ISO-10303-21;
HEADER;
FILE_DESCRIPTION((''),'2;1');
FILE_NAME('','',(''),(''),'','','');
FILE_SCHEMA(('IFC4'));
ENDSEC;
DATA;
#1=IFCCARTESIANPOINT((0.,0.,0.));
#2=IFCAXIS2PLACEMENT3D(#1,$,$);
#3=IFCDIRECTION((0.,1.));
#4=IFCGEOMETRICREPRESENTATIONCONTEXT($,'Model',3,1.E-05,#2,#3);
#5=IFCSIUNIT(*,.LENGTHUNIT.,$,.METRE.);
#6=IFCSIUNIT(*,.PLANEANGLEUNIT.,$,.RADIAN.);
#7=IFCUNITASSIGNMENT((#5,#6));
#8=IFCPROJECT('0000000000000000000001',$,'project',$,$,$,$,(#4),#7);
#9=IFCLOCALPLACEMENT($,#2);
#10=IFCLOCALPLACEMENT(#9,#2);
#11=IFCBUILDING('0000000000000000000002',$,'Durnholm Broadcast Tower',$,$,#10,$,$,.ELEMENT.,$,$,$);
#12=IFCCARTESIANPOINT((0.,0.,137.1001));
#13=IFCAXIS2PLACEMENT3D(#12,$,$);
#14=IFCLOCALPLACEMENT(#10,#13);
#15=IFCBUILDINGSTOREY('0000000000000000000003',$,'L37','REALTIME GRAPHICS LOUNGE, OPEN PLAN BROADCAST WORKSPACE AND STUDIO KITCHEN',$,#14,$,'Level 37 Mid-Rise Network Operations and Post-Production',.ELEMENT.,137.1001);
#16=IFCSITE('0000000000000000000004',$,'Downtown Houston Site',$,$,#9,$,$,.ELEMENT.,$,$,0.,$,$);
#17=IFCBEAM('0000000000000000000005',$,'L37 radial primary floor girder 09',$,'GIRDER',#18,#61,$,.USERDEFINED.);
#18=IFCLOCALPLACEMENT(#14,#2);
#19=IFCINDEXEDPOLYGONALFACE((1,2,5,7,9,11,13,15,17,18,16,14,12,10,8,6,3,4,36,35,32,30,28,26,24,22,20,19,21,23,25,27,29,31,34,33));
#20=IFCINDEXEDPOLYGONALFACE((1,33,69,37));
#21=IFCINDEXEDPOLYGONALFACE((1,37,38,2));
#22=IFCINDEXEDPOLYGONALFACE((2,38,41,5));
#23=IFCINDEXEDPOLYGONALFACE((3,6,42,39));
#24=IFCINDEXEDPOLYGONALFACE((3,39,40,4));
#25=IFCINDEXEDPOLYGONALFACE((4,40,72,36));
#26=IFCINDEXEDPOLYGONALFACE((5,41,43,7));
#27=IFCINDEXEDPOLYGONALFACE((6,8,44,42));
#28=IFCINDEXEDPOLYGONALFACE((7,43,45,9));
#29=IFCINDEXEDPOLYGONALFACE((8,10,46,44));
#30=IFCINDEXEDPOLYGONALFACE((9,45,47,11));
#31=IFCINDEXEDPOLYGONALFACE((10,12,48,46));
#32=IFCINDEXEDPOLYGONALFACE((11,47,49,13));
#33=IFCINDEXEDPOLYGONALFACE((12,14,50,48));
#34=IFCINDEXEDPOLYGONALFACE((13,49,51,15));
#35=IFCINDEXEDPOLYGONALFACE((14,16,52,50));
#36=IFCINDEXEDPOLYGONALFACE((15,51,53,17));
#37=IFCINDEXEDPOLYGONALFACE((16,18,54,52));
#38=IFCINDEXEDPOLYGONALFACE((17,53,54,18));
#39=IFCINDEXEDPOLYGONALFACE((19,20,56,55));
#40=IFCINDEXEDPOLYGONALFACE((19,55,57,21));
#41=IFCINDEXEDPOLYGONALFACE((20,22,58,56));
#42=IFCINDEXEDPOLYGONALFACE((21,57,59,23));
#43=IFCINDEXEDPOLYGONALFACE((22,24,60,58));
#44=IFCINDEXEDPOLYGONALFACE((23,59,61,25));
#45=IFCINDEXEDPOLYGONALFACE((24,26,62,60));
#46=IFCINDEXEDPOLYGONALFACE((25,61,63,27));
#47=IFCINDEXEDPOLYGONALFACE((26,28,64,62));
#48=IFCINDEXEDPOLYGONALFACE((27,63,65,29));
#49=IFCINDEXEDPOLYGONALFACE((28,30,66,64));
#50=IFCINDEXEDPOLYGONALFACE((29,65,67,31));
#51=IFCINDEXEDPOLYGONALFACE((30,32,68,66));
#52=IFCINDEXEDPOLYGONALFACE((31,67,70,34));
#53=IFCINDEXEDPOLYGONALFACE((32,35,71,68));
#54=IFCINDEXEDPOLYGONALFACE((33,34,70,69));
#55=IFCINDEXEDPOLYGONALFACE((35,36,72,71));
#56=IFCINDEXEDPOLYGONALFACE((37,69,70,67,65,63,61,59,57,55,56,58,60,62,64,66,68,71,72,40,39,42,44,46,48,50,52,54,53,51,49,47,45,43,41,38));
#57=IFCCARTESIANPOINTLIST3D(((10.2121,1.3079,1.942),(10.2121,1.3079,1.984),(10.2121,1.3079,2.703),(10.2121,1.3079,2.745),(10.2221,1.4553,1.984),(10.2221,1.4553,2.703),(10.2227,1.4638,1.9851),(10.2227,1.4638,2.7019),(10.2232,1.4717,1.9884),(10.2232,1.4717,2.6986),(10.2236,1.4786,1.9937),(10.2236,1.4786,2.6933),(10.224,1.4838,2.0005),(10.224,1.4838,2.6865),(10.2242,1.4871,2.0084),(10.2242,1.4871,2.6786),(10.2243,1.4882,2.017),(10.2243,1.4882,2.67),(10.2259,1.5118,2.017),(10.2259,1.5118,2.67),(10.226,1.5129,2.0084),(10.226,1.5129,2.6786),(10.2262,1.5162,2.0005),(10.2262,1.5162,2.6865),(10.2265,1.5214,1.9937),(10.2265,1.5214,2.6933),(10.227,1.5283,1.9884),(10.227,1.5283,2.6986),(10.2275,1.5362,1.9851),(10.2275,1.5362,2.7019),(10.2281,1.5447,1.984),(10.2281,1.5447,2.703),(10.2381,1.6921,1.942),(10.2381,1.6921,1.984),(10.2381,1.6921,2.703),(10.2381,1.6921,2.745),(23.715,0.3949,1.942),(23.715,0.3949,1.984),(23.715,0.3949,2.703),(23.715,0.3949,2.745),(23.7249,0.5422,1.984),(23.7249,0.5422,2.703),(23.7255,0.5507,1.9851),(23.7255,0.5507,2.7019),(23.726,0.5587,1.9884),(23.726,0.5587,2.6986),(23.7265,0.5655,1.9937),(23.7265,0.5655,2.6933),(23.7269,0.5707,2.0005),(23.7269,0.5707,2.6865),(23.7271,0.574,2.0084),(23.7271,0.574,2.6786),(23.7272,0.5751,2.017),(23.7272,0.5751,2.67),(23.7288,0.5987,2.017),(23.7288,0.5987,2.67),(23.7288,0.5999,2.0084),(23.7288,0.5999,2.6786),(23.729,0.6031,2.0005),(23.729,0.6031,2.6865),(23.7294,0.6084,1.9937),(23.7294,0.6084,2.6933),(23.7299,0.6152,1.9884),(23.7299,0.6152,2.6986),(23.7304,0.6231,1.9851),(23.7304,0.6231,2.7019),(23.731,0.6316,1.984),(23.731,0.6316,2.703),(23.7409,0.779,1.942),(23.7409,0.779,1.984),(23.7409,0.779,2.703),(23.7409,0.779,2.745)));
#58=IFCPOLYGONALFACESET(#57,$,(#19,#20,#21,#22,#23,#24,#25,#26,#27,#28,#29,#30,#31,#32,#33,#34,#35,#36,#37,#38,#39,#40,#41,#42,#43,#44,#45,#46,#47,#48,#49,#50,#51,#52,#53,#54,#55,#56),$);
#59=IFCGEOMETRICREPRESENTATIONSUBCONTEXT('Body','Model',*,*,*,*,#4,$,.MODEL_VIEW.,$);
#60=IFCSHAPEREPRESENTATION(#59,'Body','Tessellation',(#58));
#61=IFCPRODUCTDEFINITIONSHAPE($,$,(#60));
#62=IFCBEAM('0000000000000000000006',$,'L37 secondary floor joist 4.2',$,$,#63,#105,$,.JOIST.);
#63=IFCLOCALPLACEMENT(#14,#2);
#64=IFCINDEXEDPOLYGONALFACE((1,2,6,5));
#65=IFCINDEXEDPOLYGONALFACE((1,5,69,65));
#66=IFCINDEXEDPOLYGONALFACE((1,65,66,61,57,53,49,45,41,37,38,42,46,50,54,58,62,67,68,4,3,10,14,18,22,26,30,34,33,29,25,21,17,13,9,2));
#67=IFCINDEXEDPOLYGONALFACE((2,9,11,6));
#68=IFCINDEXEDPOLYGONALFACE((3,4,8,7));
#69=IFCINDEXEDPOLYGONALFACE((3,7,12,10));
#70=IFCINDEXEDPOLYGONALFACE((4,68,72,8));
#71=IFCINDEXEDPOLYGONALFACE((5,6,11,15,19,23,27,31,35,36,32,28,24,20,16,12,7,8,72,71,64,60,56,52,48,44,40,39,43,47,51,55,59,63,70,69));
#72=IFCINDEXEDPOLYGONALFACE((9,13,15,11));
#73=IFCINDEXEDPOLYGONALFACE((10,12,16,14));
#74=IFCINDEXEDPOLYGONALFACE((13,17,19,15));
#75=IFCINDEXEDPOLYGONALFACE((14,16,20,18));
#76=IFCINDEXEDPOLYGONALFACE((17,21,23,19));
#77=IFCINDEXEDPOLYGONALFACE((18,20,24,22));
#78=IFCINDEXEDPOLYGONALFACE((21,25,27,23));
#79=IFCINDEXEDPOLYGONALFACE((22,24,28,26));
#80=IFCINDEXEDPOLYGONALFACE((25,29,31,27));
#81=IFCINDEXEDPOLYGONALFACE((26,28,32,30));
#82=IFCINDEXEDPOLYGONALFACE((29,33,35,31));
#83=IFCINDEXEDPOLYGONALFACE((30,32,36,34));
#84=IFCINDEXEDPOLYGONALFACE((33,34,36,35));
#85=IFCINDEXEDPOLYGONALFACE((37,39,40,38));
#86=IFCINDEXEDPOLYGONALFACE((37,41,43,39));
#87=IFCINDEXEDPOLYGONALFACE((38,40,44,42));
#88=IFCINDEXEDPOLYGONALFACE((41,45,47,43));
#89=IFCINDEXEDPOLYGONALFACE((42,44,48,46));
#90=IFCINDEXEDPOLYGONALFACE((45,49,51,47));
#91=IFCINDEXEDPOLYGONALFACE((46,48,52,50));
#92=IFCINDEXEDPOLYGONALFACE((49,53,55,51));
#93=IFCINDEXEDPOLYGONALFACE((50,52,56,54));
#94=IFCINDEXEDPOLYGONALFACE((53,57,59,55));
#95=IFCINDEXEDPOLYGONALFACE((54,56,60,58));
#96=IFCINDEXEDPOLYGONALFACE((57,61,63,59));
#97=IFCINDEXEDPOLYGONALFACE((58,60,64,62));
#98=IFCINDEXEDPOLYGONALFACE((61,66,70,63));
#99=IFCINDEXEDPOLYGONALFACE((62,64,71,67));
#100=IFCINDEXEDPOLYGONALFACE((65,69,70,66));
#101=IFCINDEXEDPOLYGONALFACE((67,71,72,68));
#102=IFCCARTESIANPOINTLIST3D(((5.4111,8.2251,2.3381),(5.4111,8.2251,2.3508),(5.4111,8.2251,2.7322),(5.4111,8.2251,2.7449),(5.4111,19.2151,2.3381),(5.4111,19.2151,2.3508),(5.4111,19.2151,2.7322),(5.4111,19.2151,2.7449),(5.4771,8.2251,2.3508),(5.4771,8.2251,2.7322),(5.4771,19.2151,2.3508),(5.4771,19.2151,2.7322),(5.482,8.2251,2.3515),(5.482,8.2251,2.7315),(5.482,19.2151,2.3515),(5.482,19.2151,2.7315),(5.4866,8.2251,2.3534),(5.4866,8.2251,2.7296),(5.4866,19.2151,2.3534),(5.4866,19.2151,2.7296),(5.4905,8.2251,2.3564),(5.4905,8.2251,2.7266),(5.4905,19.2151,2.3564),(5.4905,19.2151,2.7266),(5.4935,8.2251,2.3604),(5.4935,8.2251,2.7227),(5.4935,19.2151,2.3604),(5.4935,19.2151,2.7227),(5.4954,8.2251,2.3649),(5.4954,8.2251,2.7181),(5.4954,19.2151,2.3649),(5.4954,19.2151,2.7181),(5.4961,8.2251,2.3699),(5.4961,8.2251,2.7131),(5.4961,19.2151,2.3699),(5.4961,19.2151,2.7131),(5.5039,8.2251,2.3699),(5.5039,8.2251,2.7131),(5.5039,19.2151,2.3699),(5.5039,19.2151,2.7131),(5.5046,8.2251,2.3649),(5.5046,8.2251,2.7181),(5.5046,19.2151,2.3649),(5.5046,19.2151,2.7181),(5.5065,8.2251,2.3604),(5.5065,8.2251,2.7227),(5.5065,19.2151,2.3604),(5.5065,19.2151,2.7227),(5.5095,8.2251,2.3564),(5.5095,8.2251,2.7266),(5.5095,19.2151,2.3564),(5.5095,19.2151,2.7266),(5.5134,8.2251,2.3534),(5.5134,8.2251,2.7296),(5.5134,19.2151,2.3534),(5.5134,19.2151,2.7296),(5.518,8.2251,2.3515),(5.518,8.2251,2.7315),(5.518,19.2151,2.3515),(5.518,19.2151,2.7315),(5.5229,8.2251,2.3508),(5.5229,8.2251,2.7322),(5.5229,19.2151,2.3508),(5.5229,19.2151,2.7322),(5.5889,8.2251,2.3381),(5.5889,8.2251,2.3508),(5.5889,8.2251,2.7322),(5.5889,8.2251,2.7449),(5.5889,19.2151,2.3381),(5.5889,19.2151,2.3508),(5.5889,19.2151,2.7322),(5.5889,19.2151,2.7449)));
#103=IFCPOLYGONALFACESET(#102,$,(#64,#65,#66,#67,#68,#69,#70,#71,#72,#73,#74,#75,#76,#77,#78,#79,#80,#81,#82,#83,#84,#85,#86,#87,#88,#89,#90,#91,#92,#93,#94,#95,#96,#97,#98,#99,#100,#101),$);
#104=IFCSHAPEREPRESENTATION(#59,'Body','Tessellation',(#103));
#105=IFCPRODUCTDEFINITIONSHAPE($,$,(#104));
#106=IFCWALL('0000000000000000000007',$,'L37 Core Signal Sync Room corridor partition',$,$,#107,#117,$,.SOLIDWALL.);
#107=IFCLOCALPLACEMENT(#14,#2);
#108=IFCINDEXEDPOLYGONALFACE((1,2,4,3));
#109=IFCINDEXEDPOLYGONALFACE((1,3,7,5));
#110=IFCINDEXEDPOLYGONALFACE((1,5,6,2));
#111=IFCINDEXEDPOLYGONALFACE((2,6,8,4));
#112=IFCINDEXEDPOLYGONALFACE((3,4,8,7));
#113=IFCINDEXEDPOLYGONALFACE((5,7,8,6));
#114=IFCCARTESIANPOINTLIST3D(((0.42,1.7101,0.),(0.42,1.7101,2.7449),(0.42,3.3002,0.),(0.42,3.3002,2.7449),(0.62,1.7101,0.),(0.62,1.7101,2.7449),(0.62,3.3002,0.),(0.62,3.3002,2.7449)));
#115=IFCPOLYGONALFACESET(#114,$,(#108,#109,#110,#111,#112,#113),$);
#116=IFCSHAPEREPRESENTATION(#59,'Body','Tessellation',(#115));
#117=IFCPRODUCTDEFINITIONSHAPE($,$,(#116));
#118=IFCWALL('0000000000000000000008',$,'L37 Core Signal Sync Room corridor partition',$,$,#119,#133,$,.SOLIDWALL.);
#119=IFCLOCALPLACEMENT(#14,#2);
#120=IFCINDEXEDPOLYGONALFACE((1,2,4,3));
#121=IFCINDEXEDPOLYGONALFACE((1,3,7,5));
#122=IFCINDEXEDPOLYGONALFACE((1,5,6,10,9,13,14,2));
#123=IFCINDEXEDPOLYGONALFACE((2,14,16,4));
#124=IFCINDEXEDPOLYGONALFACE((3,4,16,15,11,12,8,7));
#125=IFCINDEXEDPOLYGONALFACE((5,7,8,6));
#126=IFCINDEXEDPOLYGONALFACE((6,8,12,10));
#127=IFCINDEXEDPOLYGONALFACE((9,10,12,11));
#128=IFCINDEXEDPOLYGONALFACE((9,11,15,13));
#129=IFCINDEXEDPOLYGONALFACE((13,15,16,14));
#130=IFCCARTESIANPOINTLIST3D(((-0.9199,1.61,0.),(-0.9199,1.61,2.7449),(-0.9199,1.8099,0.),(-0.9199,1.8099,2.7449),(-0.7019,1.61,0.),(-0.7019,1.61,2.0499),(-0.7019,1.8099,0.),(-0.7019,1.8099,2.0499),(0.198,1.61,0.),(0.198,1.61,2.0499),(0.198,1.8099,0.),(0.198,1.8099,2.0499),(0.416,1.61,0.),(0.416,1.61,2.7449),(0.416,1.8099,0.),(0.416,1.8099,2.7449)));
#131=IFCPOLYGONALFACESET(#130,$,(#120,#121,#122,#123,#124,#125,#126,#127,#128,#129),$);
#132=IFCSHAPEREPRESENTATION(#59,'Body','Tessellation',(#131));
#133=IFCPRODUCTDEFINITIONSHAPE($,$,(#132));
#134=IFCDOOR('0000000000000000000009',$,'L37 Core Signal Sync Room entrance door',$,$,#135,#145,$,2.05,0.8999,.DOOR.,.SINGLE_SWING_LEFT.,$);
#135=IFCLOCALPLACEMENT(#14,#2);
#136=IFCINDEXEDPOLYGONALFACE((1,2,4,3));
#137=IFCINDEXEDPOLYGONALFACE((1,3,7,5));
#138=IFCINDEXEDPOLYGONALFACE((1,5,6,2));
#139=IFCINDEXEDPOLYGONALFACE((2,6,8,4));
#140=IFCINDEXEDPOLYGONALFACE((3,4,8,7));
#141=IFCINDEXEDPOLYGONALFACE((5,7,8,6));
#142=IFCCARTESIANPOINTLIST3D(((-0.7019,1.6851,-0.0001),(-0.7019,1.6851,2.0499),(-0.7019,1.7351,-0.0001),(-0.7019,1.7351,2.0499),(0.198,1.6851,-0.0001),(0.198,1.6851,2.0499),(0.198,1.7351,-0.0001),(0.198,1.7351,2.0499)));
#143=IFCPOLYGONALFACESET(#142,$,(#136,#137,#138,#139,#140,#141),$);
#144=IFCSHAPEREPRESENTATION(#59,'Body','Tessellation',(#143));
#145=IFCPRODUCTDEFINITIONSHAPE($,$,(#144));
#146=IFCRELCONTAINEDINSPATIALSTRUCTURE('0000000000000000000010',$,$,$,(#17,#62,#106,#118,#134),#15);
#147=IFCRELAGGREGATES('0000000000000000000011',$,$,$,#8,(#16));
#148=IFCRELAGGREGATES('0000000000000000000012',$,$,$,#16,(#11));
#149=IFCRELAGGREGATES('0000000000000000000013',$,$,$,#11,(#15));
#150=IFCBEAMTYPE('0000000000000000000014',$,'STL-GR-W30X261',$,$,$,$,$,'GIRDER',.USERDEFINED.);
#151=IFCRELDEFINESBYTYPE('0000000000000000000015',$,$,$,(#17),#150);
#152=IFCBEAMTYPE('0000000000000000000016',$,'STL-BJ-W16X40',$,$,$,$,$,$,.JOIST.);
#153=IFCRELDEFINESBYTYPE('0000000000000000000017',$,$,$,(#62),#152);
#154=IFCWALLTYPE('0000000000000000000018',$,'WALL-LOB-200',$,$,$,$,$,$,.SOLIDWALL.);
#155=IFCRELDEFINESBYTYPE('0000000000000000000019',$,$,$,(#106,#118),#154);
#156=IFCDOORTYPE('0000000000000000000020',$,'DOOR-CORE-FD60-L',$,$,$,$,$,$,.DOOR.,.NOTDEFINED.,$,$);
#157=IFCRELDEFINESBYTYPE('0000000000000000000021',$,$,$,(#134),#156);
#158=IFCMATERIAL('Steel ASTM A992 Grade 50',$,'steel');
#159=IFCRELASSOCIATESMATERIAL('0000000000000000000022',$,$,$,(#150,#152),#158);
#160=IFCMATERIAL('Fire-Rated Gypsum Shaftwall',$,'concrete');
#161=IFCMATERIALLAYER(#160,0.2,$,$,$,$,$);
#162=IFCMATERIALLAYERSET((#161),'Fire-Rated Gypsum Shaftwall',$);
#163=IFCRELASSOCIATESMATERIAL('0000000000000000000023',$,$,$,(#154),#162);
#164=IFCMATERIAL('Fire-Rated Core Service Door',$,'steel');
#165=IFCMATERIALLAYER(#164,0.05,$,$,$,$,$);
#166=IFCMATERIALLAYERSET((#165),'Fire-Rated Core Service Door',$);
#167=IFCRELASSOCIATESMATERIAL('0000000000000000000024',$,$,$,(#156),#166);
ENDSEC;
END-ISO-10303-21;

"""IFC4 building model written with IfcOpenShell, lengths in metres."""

from ifc_helpers import new_model, si_unit, direction, frame, frame_2d, origin, origin_2d, place, context, subcontext, project, spatial, rectangle, i_section, extrude, source, transform, mapped, material, layer, layer_set, material_profile, profile_set, type_object, type_shapes, element, fill, save


model = new_model("IFC4")

# Units and contexts
model_context = context("Model", 3, precision=1e-05, world=origin(), true_north=direction((0.0, 1.0)))
body_context = subcontext(model_context, "Body", "Model", "MODEL_VIEW")
ifc_project = project(units=[si_unit("LENGTHUNIT", "METRE"), si_unit("PLANEANGLEUNIT", "RADIAN")], contexts=[model_context])

# Site, building, storey
site_placement = place(None, origin())
site = spatial("IfcSite", under=ifc_project, at=site_placement, Name="Downtown Houston Site", CompositionType="ELEMENT", RefElevation=0.0)
building_placement = place(site_placement, origin())
building = spatial("IfcBuilding", under=site, at=building_placement, Name="Durnholm Broadcast Tower", CompositionType="ELEMENT")
storey_placement = place(building_placement, frame((0.0, 0.0, 137.1001)))
storey = spatial("IfcBuildingStorey", under=building, at=storey_placement, Name="L37", Description="REALTIME GRAPHICS LOUNGE, OPEN PLAN BROADCAST WORKSPACE AND STUDIO KITCHEN", LongName="Level 37 Mid-Rise Network Operations and Post-Production", CompositionType="ELEMENT", Elevation=137.1001)

# Beams
ifc_material_1 = material(Name="Steel ASTM A992 Grade 50", Category="steel")
ifc_material_profile_1 = material_profile(ifc_material_1, i_section(OverallWidth=0.385, OverallDepth=0.803, WebThickness=0.0237, FlangeThickness=0.042, FilletRadius=0.033, at=origin_2d()), Name="W30X261")
ifc_profile_set_1 = profile_set([ifc_material_profile_1], Name="Steel ASTM A992 Grade 50")
beam_type_1 = type_object("IfcBeamType", Name="STL-GR-W30X261", ElementType="GIRDER", PredefinedType="USERDEFINED", material=ifc_profile_set_1)
shared_shape_1 = source(origin(), body_context, "Body", "SweptSolid", [
    extrude(i_section(OverallWidth=0.385, OverallDepth=0.803, WebThickness=0.0237, FlangeThickness=0.042, FilletRadius=0.033, at=origin_2d()), origin(), (0.0, 0.0, 1.0), 13.5337),
])
beam_1_placement = place(storey_placement, frame((10.2251, 1.5, 2.3435), z_axis=(0.997721, -0.067467, 0.0), x_axis=(0.067467, 0.997721, 0.0)))
element("IfcBeam", 1, at=beam_1_placement, inside=storey, type_object=beam_type_1, Name="L37 radial primary floor girder 09", ObjectType="GIRDER", PredefinedType="USERDEFINED", context=body_context, shape_type="MappedRepresentation", body=[
    mapped(shared_shape_1, transform((0.0, 0.0, 0.0), x_axis=(1.0, 0.0, 0.0), y_axis=(0.0, 1.0, 0.0), z_axis=(0.0, 0.0, 1.0), scale=1.0)),
])
ifc_material_profile_2 = material_profile(ifc_material_1, i_section(OverallWidth=0.1777, OverallDepth=0.4067, WebThickness=0.0078, FlangeThickness=0.0127, FilletRadius=0.019, at=origin_2d()), Name="W16X40")
ifc_profile_set_2 = profile_set([ifc_material_profile_2], Name="Steel ASTM A992 Grade 50")
beam_type_2 = type_object("IfcBeamType", Name="STL-BJ-W16X40", PredefinedType="JOIST", material=ifc_profile_set_2)
shared_shape_2 = source(origin(), body_context, "Body", "SweptSolid", [
    extrude(i_section(OverallWidth=0.1777, OverallDepth=0.4067, WebThickness=0.0078, FlangeThickness=0.0127, FilletRadius=0.019, at=origin_2d()), origin(), (0.0, 0.0, 1.0), 10.99),
])
type_shapes(beam_type_2, [shared_shape_2])
beam_2_placement = place(storey_placement, frame((5.5, 8.2251, 2.5415), z_axis=(0.0, 1.0, 0.0), x_axis=(-1.0, 0.0, 0.0)))
element("IfcBeam", 2, at=beam_2_placement, inside=storey, type_object=beam_type_2, Name="L37 secondary floor joist 4.2", PredefinedType="JOIST", context=body_context, shape_type="MappedRepresentation", body=[
    mapped(shared_shape_2, transform((0.0, 0.0, 0.0), x_axis=(1.0, 0.0, 0.0), y_axis=(0.0, 1.0, 0.0), z_axis=(0.0, 0.0, 1.0), scale=1.0)),
])

# Wall
ifc_material_2 = material(Name="Fire-Rated Gypsum Shaftwall", Category="concrete")
ifc_layer_1 = layer(ifc_material_2, 0.2)
ifc_layer_set_1 = layer_set([ifc_layer_1], Name="Fire-Rated Gypsum Shaftwall")
wall_type_1 = type_object("IfcWallType", Name="WALL-LOB-200", PredefinedType="SOLIDWALL", material=ifc_layer_set_1)
wall_1_placement = place(storey_placement, frame((0.52, 3.3, 0.0), z_axis=(0.0, 0.0, 1.0), x_axis=(0.0, -1.0, 0.0)))
element("IfcWall", 3, at=wall_1_placement, inside=storey, type_object=wall_type_1, Name="L37 Core Signal Sync Room corridor partition", PredefinedType="SOLIDWALL", context=body_context, shape_type="SweptSolid", body=[
    extrude(rectangle(XDim=1.5901, YDim=0.2, at=frame_2d((0.7949, 0.0))), origin(), (0.0, 0.0, 1.0), 2.7449),
])

# Wall, opening, door
wall_2_placement = place(storey_placement, frame((0.416, 1.71, 0.0), z_axis=(0.0, 0.0, 1.0), x_axis=(-1.0, 0.0, 0.0)))
wall_2 = element("IfcWall", 4, at=wall_2_placement, inside=storey, type_object=wall_type_1, Name="L37 Core Signal Sync Room corridor partition", PredefinedType="SOLIDWALL", context=body_context, shape_type="SweptSolid", body=[
    extrude(rectangle(XDim=1.3359, YDim=0.2, at=frame_2d((0.668, 0.0))), origin(), (0.0, 0.0, 1.0), 2.7449),
])
opening_1_placement = place(wall_2_placement, frame((0.218, 0.0, 0.0)))
opening_1 = element("IfcOpeningElement", 5, at=opening_1_placement, cuts=wall_2, PredefinedType="OPENING", context=body_context, shape_type="SweptSolid", body=[
    extrude(rectangle(XDim=0.8999, YDim=2.05, at=frame_2d((0.45, 1.0249))), frame((0.0, 0.1099, 0.0), z_axis=(0.0, -1.0, 0.0), x_axis=(1.0, 0.0, 0.0)), (0.0, 0.0, 1.0), 0.22),
])
ifc_material_3 = material(Name="Fire-Rated Core Service Door", Category="steel")
ifc_layer_2 = layer(ifc_material_3, 0.05)
ifc_layer_set_2 = layer_set([ifc_layer_2], Name="Fire-Rated Core Service Door")
door_type_1 = type_object("IfcDoorType", Name="DOOR-CORE-FD60-L", OperationType="NOTDEFINED", PredefinedType="DOOR", material=ifc_layer_set_2)
shared_shape_3 = source(origin(), body_context, "Body", "SweptSolid", [
    extrude(rectangle(XDim=0.8999, YDim=2.05, at=frame_2d((0.45, 1.0249))), frame((0.0, 0.0249, 0.0), z_axis=(0.0, -1.0, 0.0), x_axis=(1.0, 0.0, 0.0)), (0.0, 0.0, 1.0), 0.05),
])
type_shapes(door_type_1, [shared_shape_3])
door_1_placement = place(opening_1_placement, origin())
door_1 = element("IfcDoor", 6, at=door_1_placement, inside=storey, type_object=door_type_1, Name="L37 Core Signal Sync Room entrance door", OperationType="SINGLE_SWING_LEFT", OverallHeight=2.05, OverallWidth=0.8999, PredefinedType="DOOR", context=body_context, shape_type="MappedRepresentation", body=[
    mapped(shared_shape_3, transform((0.0, 0.0, 0.0), x_axis=(1.0, 0.0, 0.0), y_axis=(0.0, 1.0, 0.0), z_axis=(0.0, 0.0, 1.0), scale=1.0)),
])
fill(opening_1, door_1)

save(model, "model.ifc")
